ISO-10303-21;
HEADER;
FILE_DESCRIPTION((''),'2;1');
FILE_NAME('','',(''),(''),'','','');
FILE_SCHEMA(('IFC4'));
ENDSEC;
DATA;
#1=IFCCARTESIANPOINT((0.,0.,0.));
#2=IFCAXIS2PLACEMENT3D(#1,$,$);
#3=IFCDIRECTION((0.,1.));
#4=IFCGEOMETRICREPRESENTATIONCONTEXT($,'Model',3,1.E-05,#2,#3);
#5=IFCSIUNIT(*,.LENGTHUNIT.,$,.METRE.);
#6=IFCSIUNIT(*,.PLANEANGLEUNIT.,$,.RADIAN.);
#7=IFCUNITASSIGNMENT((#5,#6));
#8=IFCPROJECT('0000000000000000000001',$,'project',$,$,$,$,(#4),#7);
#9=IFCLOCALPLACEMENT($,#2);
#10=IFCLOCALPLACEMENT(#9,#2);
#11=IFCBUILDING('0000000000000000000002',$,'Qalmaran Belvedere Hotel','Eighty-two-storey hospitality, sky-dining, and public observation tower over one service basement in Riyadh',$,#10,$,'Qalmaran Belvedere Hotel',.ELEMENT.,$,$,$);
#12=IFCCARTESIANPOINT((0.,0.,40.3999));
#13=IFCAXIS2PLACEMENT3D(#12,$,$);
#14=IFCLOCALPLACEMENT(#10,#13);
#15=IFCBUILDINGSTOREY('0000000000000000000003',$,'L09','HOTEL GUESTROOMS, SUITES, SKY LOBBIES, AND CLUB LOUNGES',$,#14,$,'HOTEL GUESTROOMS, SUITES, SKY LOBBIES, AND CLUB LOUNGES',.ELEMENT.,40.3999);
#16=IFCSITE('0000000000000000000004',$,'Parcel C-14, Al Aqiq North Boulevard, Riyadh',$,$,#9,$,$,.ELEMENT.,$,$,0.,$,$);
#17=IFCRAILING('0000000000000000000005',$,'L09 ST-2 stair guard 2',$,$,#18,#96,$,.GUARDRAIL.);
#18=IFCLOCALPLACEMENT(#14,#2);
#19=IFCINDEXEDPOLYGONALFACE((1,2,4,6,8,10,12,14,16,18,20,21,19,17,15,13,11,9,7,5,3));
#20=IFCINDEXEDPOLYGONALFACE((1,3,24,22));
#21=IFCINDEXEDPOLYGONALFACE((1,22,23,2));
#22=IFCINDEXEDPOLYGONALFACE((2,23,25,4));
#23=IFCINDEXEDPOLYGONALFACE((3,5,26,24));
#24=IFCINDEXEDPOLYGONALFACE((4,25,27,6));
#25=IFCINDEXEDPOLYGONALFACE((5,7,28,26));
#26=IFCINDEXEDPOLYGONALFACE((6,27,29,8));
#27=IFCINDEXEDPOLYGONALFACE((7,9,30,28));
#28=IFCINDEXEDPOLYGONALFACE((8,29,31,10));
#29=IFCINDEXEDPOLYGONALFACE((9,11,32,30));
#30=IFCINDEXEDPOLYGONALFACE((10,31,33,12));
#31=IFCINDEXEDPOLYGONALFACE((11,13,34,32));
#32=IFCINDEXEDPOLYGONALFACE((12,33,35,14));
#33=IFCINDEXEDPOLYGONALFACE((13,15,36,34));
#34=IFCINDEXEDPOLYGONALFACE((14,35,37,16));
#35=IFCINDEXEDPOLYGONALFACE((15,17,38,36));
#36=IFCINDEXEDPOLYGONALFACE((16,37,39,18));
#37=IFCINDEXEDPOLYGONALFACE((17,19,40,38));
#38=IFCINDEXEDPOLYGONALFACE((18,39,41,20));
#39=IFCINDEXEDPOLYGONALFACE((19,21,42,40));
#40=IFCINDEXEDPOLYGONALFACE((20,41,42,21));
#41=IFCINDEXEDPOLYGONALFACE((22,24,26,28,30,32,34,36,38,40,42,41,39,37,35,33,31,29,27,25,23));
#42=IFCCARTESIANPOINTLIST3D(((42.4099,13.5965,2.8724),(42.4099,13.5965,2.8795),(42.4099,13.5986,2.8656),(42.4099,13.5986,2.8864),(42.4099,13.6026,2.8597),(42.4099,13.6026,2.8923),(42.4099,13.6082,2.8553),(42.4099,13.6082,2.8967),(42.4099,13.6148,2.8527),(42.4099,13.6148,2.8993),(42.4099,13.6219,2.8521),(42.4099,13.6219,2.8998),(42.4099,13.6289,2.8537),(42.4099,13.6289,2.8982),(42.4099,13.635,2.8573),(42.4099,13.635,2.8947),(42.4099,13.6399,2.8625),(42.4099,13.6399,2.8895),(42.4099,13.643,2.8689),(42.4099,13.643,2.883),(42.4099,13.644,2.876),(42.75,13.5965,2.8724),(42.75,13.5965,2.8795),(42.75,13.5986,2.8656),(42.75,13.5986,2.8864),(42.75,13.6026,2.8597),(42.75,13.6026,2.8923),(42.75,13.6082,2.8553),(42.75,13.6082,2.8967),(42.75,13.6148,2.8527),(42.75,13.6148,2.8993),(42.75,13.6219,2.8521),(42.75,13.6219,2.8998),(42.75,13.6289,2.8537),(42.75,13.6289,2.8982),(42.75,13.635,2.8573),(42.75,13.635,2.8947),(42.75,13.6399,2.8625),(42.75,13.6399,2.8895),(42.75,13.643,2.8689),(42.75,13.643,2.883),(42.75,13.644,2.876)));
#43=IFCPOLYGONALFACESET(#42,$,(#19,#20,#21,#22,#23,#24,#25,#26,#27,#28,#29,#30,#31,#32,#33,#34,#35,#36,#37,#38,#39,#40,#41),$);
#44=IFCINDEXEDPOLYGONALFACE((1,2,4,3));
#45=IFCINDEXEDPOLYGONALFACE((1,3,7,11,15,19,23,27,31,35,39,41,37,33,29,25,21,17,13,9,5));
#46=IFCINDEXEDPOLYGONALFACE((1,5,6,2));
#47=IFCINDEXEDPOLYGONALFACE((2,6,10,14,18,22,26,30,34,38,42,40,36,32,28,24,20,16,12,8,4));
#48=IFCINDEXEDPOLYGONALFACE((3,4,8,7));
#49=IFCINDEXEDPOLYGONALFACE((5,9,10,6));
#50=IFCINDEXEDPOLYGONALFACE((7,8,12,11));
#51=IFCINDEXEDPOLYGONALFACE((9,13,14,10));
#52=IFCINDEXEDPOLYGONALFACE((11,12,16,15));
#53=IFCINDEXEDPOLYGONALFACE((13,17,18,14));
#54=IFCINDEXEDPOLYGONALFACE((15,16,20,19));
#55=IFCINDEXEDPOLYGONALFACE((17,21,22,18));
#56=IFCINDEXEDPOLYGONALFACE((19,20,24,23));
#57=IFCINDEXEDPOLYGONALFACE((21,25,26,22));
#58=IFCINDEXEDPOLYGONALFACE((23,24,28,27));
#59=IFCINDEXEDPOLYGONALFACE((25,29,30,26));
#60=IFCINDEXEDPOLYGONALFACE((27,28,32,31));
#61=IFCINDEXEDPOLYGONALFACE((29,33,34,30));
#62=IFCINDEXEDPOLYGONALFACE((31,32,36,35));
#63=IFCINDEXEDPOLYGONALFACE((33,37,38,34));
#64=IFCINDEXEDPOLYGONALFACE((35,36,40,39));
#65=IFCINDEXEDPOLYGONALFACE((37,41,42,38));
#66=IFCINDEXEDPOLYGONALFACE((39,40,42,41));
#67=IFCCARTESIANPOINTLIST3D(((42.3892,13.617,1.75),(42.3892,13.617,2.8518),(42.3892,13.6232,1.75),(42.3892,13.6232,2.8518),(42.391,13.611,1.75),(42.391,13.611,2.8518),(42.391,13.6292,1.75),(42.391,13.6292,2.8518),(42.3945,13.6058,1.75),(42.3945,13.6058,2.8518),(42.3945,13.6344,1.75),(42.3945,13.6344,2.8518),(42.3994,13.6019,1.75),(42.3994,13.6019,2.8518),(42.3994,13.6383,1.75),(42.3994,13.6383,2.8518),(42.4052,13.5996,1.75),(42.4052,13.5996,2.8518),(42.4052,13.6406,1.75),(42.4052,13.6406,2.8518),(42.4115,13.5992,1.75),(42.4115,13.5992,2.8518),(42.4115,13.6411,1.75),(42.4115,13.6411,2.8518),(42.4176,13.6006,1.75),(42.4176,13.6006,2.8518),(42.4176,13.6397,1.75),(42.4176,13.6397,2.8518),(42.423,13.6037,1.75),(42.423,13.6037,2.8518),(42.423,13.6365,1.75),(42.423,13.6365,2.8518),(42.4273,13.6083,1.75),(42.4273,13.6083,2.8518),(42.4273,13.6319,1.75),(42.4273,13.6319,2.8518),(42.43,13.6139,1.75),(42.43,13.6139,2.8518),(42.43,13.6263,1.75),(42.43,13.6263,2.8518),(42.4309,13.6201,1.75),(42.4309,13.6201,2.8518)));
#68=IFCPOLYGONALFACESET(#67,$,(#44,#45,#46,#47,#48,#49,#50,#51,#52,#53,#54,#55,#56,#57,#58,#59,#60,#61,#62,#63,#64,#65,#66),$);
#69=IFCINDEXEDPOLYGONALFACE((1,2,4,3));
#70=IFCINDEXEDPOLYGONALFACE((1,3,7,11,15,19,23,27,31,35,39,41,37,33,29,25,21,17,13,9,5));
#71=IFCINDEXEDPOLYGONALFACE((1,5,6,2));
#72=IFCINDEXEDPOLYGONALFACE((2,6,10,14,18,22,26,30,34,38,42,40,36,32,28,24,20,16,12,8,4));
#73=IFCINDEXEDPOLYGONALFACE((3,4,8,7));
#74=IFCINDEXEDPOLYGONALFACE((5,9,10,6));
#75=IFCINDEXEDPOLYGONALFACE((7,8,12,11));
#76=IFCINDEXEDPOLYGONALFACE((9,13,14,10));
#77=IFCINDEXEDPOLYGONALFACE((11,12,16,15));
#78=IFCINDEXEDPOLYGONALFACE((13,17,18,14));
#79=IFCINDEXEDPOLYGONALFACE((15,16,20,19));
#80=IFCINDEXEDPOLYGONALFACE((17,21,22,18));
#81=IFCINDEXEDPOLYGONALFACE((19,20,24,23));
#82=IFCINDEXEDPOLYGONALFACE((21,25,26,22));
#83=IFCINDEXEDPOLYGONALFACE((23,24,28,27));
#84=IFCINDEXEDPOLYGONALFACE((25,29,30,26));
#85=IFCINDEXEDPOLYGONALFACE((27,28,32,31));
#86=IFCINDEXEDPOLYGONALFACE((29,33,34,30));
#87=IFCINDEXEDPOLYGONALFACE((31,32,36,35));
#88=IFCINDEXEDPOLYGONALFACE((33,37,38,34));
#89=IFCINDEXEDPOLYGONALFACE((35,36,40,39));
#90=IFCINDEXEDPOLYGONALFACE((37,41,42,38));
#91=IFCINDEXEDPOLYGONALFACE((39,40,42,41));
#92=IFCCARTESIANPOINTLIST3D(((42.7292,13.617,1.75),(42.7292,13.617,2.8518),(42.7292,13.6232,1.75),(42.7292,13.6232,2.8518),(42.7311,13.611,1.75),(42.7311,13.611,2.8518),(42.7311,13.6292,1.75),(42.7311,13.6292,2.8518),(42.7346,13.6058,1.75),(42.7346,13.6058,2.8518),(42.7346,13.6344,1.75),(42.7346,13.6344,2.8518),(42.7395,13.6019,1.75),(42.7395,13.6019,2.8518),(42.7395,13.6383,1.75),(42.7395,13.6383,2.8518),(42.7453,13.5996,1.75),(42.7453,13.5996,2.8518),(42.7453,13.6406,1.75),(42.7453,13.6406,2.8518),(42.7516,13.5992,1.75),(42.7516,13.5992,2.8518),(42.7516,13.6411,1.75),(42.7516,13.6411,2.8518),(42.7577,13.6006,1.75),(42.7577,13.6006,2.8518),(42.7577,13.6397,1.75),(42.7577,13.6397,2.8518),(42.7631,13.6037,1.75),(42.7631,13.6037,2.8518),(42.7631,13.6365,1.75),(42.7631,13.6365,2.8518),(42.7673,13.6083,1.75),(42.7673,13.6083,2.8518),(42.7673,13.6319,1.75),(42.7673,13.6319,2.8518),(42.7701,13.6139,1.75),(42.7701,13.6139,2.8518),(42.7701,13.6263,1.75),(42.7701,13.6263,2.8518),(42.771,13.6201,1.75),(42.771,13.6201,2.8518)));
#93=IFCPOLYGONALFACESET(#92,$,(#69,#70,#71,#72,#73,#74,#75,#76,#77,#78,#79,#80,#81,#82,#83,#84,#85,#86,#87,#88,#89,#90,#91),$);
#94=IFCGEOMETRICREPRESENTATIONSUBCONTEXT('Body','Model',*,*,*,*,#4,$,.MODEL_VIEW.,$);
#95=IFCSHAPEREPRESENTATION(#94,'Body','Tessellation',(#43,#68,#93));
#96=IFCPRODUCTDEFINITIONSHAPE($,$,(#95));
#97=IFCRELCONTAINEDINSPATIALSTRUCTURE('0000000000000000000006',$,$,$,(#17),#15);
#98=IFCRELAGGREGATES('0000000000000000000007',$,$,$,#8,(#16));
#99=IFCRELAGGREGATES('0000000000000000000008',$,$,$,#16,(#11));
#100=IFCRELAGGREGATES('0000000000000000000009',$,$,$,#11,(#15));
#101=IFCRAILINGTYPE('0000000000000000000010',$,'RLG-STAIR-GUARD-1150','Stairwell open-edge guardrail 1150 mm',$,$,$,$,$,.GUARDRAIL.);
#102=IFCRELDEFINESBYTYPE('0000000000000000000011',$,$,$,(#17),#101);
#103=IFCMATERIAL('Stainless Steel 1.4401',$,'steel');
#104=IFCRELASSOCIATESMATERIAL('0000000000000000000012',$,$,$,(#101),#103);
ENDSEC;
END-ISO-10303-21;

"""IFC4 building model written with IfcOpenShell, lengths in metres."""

from ifc_helpers import new_model, si_unit, direction, frame, origin, origin_2d, place, context, subcontext, project, spatial, circle, extrude, material, type_object, element, save


model = new_model("IFC4")

# Units and contexts
model_context = context("Model", 3, precision=1e-05, world=origin(), true_north=direction((0.0, 1.0)))
body_context = subcontext(model_context, "Body", "Model", "MODEL_VIEW")
ifc_project = project(units=[si_unit("LENGTHUNIT", "METRE"), si_unit("PLANEANGLEUNIT", "RADIAN")], contexts=[model_context])

# Site, building, storey
site_placement = place(None, origin())
site = spatial("IfcSite", under=ifc_project, at=site_placement, Name="Parcel C-14, Al Aqiq North Boulevard, Riyadh", CompositionType="ELEMENT", RefElevation=0.0)
building_placement = place(site_placement, origin())
building = spatial("IfcBuilding", under=site, at=building_placement, Name="Qalmaran Belvedere Hotel", Description="Eighty-two-storey hospitality, sky-dining, and public observation tower over one service basement in Riyadh", LongName="Qalmaran Belvedere Hotel", CompositionType="ELEMENT")
storey_placement = place(building_placement, frame((0.0, 0.0, 40.3999)))
storey = spatial("IfcBuildingStorey", under=building, at=storey_placement, Name="L09", Description="HOTEL GUESTROOMS, SUITES, SKY LOBBIES, AND CLUB LOUNGES", LongName="HOTEL GUESTROOMS, SUITES, SKY LOBBIES, AND CLUB LOUNGES", CompositionType="ELEMENT", Elevation=40.3999)

# Shared definitions
ifc_material_1 = material(Name="Stainless Steel 1.4401", Category="steel")

# Railing
railing_type_1 = type_object("IfcRailingType", Name="RLG-STAIR-GUARD-1150", Description="Stairwell open-edge guardrail 1150 mm", PredefinedType="GUARDRAIL", material=ifc_material_1)
railing_1_placement = place(storey_placement, frame((42.4099, 13.6201, 1.75)))
element("IfcRailing", 1, at=railing_1_placement, inside=storey, type_object=railing_type_1, Name="L09 ST-2 stair guard 2", PredefinedType="GUARDRAIL", context=body_context, shape_type="SweptSolid", body=[
    extrude(circle(Radius=0.0239, at=origin_2d()), frame((0.0, 0.0, 1.126), z_axis=(1.0, 0.0, 0.0), x_axis=(0.0, 1.0, 0.0)), (0.0, 0.0, 1.0), 0.3401),
    extrude(circle(Radius=0.021, at=origin_2d()), origin(), (0.0, 0.0, 1.0), 1.1018),
    extrude(circle(Radius=0.021, at=origin_2d()), frame((0.3401, 0.0, 0.0)), (0.0, 0.0, 1.0), 1.1018),
])

save(model, "model.ifc")
